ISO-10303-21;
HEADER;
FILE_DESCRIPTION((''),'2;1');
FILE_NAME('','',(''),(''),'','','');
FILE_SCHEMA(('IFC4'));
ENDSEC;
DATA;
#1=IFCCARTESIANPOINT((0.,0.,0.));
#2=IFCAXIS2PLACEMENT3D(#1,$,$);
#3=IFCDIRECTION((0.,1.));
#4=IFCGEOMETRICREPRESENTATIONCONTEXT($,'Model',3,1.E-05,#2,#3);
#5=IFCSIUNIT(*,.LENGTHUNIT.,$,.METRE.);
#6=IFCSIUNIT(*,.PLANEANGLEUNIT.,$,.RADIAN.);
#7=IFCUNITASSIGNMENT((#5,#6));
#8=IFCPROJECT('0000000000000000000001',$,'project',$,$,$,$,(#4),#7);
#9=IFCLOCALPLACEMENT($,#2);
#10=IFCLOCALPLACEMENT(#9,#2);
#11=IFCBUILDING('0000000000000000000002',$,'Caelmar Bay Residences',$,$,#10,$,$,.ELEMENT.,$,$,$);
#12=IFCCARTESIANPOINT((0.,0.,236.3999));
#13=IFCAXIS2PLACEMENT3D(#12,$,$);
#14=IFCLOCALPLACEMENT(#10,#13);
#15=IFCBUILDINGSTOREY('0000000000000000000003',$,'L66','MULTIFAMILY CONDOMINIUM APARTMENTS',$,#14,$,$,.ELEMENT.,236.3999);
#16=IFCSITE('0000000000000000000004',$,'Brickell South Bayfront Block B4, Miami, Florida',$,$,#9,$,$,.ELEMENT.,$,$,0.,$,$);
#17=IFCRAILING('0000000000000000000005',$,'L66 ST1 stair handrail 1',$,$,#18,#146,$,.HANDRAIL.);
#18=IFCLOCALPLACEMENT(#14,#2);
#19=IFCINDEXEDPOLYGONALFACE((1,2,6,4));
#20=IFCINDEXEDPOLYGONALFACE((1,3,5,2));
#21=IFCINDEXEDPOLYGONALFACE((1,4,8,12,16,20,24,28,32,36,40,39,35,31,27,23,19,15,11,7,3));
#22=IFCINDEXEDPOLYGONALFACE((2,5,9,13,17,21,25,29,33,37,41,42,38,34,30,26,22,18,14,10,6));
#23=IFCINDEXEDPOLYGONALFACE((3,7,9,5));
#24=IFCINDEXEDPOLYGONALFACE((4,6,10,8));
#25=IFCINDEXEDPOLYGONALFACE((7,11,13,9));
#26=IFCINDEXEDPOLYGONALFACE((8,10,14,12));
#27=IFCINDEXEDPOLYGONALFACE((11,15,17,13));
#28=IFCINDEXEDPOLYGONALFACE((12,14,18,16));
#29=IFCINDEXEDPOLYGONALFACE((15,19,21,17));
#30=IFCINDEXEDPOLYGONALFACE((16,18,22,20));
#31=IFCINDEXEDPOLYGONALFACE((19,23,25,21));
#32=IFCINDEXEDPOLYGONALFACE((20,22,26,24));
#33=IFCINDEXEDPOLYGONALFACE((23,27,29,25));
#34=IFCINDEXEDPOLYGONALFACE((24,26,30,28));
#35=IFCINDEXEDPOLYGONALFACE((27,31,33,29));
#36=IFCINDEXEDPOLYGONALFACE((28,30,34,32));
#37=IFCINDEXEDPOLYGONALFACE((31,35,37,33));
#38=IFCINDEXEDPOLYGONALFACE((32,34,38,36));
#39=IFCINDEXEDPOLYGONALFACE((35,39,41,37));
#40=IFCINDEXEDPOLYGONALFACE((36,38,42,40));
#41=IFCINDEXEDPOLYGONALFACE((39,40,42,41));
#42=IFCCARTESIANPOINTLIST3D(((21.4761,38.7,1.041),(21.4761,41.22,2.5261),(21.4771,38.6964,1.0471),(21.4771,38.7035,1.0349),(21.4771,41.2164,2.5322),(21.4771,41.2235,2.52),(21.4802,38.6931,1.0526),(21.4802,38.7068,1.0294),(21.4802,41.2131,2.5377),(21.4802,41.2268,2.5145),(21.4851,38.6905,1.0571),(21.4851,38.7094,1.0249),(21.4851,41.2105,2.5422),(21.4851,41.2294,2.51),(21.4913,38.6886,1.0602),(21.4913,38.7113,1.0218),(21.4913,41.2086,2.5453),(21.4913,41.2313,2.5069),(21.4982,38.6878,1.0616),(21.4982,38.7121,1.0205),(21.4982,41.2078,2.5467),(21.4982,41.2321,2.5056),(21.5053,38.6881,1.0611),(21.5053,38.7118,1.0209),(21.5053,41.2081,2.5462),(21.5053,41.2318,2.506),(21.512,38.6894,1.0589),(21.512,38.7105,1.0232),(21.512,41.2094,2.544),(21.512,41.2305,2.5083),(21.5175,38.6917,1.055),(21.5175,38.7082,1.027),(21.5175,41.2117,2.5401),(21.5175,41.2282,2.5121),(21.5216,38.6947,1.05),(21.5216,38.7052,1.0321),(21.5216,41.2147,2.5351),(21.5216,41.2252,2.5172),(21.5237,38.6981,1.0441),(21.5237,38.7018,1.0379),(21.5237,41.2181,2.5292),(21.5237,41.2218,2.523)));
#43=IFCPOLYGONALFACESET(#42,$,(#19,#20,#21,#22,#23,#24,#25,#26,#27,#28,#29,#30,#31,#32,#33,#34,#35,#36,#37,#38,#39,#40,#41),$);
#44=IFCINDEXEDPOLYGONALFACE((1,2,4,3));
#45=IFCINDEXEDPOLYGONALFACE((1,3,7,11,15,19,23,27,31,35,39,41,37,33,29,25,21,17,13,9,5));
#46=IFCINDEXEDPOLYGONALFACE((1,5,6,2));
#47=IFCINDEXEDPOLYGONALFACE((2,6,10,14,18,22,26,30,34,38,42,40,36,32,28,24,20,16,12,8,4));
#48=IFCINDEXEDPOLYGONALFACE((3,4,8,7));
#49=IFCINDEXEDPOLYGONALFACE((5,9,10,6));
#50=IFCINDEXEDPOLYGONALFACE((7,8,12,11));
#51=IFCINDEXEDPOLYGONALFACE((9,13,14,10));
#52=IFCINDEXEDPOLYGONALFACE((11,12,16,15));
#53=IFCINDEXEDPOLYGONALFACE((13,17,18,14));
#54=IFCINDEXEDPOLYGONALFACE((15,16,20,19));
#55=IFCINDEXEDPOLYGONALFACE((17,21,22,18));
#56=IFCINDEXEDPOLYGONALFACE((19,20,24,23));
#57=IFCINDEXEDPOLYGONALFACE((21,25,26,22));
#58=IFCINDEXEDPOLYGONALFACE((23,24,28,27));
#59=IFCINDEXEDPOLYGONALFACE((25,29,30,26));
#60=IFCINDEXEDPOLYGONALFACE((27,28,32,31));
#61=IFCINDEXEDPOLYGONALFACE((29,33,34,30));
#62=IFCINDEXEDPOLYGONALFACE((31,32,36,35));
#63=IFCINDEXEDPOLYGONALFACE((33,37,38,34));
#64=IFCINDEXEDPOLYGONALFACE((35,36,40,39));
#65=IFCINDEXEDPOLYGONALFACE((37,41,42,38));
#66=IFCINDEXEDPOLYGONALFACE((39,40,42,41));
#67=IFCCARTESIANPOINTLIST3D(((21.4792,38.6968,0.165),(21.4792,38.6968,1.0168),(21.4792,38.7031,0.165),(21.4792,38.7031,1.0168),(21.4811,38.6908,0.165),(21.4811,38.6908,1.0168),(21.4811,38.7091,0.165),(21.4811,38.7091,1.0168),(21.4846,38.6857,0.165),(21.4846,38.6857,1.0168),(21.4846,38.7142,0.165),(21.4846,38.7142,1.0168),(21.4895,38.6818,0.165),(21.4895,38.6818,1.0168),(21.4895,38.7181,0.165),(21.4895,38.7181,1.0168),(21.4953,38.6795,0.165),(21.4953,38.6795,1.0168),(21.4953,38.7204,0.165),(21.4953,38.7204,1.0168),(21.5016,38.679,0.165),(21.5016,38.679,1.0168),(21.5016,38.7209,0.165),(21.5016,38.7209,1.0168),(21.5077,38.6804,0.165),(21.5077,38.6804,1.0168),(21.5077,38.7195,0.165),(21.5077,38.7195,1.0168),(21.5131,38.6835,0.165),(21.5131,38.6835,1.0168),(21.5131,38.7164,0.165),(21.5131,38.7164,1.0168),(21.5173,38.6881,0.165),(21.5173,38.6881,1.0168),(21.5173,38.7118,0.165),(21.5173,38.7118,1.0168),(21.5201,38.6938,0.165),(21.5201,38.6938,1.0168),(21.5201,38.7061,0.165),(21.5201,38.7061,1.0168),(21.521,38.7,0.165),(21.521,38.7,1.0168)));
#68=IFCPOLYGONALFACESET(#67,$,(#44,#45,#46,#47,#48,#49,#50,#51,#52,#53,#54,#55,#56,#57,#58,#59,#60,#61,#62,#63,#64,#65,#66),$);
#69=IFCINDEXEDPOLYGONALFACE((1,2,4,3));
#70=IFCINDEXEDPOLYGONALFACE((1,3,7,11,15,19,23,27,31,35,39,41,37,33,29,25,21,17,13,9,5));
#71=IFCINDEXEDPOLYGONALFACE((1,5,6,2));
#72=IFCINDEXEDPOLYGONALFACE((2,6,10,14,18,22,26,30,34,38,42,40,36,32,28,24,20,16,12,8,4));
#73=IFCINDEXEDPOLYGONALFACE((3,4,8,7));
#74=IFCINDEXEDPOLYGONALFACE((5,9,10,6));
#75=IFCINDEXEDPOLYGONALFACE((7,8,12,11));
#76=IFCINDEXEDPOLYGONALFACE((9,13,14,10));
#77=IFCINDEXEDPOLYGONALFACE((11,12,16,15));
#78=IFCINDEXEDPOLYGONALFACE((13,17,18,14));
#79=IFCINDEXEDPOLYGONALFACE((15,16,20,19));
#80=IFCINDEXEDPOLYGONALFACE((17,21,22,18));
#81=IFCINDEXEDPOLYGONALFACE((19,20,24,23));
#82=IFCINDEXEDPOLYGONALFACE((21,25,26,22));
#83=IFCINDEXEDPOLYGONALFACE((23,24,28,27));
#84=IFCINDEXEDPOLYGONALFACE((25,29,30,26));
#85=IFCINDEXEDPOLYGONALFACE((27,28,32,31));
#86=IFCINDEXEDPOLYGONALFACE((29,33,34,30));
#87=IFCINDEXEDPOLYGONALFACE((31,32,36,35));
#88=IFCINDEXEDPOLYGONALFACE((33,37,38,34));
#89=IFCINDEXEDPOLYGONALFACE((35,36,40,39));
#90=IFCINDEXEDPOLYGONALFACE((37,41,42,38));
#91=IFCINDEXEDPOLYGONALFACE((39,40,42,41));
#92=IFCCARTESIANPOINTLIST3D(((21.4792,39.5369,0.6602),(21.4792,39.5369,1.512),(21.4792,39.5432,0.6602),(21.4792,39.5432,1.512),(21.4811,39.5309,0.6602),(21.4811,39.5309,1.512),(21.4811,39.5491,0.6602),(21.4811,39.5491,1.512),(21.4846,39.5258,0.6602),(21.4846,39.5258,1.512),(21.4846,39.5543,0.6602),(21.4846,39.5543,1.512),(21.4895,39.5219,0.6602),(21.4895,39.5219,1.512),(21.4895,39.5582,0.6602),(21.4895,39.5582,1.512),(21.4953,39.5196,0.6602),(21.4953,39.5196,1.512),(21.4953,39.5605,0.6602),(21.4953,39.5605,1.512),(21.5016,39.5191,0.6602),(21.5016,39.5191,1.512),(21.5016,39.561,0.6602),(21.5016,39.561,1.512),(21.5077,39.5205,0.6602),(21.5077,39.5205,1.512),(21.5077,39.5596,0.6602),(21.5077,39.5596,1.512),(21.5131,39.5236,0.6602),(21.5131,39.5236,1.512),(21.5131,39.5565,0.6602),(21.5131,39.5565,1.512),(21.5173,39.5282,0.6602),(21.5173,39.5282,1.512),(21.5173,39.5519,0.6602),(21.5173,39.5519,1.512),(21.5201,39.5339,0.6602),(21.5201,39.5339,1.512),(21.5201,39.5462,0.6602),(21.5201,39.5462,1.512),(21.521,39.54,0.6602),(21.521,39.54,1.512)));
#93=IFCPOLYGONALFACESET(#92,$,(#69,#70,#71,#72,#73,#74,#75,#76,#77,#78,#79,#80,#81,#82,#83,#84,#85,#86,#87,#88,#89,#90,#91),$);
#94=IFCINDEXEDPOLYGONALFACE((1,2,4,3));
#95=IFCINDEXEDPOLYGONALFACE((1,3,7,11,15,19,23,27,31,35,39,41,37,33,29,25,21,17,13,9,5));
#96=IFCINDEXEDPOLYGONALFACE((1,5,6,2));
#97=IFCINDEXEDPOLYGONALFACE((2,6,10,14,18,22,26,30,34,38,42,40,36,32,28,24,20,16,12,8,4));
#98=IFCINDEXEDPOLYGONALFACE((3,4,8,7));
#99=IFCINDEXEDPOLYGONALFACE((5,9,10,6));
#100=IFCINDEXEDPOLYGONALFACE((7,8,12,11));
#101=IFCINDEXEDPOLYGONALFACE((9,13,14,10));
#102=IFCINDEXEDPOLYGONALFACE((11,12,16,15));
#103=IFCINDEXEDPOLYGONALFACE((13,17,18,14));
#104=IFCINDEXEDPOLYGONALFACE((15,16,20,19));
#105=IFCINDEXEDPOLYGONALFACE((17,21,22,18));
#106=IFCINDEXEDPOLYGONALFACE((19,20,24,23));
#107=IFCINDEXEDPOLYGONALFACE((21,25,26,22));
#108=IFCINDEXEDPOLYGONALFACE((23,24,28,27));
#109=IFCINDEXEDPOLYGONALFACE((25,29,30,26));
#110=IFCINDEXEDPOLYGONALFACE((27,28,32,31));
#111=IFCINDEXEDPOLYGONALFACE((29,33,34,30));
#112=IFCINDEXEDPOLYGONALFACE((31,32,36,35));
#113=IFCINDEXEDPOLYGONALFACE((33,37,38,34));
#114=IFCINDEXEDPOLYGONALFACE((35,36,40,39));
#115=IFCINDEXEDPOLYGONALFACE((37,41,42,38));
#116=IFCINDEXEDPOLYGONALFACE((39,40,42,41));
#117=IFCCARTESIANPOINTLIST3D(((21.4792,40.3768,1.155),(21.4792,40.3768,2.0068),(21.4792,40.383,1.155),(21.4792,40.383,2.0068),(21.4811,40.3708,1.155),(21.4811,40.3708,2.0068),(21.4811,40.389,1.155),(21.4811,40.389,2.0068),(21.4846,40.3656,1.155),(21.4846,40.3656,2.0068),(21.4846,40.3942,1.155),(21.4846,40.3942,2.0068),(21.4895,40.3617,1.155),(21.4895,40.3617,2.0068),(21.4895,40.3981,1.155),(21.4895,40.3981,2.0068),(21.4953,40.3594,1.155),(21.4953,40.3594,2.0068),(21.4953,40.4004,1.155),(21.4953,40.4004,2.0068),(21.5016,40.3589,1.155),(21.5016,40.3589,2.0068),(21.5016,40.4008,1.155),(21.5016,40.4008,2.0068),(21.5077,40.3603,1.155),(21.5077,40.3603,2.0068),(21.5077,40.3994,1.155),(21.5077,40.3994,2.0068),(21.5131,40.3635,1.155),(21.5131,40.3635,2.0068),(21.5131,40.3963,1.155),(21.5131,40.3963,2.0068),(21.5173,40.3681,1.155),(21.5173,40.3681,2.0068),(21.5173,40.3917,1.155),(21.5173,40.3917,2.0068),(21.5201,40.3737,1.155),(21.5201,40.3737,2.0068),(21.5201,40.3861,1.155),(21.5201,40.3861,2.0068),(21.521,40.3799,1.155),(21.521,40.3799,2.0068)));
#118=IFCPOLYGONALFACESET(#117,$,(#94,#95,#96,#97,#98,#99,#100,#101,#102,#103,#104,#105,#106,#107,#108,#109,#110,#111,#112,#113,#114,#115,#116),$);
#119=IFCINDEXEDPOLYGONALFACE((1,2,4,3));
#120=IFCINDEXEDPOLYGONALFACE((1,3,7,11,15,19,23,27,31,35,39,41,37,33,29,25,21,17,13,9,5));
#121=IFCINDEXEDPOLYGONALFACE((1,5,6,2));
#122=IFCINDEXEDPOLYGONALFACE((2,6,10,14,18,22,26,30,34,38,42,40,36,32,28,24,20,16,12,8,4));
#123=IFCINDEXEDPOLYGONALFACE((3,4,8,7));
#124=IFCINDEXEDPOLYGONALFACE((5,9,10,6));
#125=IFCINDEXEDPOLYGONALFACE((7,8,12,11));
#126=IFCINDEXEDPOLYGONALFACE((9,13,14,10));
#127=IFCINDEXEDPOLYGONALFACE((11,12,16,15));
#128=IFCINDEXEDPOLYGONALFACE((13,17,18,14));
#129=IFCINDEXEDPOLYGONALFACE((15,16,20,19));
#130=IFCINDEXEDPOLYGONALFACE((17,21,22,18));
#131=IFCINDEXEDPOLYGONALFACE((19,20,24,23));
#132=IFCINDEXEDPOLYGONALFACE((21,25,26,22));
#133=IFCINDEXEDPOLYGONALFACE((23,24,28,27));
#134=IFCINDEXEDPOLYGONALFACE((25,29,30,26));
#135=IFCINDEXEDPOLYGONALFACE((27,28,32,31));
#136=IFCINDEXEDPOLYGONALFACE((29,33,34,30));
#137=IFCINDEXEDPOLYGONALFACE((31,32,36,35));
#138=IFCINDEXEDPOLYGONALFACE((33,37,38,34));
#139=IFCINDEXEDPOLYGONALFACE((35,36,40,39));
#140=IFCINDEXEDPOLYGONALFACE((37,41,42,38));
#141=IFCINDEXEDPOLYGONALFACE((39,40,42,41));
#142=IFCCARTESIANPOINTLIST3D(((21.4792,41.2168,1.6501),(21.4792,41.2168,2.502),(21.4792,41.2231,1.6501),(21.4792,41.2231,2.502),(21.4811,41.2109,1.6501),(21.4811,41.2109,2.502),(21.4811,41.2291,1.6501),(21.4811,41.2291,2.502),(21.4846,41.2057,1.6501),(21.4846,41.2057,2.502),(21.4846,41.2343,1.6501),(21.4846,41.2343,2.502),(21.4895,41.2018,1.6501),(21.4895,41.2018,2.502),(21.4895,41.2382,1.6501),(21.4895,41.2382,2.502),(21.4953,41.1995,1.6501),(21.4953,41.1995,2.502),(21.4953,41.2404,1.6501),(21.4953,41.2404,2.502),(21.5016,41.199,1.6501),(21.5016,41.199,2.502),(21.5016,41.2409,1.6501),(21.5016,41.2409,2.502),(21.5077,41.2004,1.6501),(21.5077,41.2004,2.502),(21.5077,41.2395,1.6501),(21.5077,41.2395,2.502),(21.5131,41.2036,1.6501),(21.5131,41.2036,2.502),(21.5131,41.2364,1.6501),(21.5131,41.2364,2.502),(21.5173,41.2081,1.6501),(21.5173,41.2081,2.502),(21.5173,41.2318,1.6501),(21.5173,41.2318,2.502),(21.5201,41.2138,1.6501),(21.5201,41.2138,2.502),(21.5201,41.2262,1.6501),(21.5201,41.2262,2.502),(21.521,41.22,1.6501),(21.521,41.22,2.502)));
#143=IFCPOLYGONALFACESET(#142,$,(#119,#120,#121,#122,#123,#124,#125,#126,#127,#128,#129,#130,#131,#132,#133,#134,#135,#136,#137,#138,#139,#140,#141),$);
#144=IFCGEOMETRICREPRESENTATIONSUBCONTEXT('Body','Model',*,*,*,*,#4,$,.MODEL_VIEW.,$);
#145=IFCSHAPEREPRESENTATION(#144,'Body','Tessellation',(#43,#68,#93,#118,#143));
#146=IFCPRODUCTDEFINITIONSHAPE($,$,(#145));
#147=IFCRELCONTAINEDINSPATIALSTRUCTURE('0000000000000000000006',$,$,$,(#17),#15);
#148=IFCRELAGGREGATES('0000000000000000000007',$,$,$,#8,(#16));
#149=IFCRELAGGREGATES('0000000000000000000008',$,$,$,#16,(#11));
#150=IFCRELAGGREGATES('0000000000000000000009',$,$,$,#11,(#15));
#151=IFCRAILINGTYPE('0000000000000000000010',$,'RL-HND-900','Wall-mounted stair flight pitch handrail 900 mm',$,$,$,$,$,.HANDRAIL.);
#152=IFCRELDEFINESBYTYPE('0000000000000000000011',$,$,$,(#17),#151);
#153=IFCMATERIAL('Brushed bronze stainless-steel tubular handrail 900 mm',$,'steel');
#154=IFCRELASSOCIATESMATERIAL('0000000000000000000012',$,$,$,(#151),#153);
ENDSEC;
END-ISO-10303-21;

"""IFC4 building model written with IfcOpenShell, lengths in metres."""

from ifc_helpers import new_model, si_unit, direction, frame, origin, origin_2d, place, context, subcontext, project, spatial, circle, extrude, material, type_object, element, save


model = new_model("IFC4")

# Units and contexts
model_context = context("Model", 3, precision=1e-05, world=origin(), true_north=direction((0.0, 1.0)))
body_context = subcontext(model_context, "Body", "Model", "MODEL_VIEW")
ifc_project = project(units=[si_unit("LENGTHUNIT", "METRE"), si_unit("PLANEANGLEUNIT", "RADIAN")], contexts=[model_context])

# Site, building, storey
site_placement = place(None, origin())
site = spatial("IfcSite", under=ifc_project, at=site_placement, Name="Brickell South Bayfront Block B4, Miami, Florida", CompositionType="ELEMENT", RefElevation=0.0)
building_placement = place(site_placement, origin())
building = spatial("IfcBuilding", under=site, at=building_placement, Name="Caelmar Bay Residences", CompositionType="ELEMENT")
storey_placement = place(building_placement, frame((0.0, 0.0, 236.3999)))
storey = spatial("IfcBuildingStorey", under=building, at=storey_placement, Name="L66", Description="MULTIFAMILY CONDOMINIUM APARTMENTS", CompositionType="ELEMENT", Elevation=236.3999)

# Railing
ifc_material_1 = material(Name="Brushed bronze stainless-steel tubular handrail 900 mm", Category="steel")
railing_type_1 = type_object("IfcRailingType", Name="RL-HND-900", Description="Wall-mounted stair flight pitch handrail 900 mm", PredefinedType="HANDRAIL", material=ifc_material_1)
railing_1_placement = place(storey_placement, frame((21.5, 38.7, 0.165)))
element("IfcRailing", 1, at=railing_1_placement, inside=storey, type_object=railing_type_1, Name="L66 ST1 stair handrail 1", PredefinedType="HANDRAIL", context=body_context, shape_type="SweptSolid", body=[
    extrude(circle(Radius=0.0239, at=origin_2d()), frame((0.0, 0.0, 0.876), z_axis=(0.0, 0.861524, 0.507717), x_axis=(-1.0, 0.0, 0.0)), (0.0, 0.0, 1.0), 2.925),
    extrude(circle(Radius=0.021, at=origin_2d()), origin(), (0.0, 0.0, 1.0), 0.8518),
    extrude(circle(Radius=0.021, at=origin_2d()), frame((0.0, 0.8401, 0.4951)), (0.0, 0.0, 1.0), 0.8518),
    extrude(circle(Radius=0.021, at=origin_2d()), frame((0.0, 1.6799, 0.99)), (0.0, 0.0, 1.0), 0.8518),
    extrude(circle(Radius=0.021, at=origin_2d()), frame((0.0, 2.52, 1.4851)), (0.0, 0.0, 1.0), 0.8518),
])

save(model, "model.ifc")
